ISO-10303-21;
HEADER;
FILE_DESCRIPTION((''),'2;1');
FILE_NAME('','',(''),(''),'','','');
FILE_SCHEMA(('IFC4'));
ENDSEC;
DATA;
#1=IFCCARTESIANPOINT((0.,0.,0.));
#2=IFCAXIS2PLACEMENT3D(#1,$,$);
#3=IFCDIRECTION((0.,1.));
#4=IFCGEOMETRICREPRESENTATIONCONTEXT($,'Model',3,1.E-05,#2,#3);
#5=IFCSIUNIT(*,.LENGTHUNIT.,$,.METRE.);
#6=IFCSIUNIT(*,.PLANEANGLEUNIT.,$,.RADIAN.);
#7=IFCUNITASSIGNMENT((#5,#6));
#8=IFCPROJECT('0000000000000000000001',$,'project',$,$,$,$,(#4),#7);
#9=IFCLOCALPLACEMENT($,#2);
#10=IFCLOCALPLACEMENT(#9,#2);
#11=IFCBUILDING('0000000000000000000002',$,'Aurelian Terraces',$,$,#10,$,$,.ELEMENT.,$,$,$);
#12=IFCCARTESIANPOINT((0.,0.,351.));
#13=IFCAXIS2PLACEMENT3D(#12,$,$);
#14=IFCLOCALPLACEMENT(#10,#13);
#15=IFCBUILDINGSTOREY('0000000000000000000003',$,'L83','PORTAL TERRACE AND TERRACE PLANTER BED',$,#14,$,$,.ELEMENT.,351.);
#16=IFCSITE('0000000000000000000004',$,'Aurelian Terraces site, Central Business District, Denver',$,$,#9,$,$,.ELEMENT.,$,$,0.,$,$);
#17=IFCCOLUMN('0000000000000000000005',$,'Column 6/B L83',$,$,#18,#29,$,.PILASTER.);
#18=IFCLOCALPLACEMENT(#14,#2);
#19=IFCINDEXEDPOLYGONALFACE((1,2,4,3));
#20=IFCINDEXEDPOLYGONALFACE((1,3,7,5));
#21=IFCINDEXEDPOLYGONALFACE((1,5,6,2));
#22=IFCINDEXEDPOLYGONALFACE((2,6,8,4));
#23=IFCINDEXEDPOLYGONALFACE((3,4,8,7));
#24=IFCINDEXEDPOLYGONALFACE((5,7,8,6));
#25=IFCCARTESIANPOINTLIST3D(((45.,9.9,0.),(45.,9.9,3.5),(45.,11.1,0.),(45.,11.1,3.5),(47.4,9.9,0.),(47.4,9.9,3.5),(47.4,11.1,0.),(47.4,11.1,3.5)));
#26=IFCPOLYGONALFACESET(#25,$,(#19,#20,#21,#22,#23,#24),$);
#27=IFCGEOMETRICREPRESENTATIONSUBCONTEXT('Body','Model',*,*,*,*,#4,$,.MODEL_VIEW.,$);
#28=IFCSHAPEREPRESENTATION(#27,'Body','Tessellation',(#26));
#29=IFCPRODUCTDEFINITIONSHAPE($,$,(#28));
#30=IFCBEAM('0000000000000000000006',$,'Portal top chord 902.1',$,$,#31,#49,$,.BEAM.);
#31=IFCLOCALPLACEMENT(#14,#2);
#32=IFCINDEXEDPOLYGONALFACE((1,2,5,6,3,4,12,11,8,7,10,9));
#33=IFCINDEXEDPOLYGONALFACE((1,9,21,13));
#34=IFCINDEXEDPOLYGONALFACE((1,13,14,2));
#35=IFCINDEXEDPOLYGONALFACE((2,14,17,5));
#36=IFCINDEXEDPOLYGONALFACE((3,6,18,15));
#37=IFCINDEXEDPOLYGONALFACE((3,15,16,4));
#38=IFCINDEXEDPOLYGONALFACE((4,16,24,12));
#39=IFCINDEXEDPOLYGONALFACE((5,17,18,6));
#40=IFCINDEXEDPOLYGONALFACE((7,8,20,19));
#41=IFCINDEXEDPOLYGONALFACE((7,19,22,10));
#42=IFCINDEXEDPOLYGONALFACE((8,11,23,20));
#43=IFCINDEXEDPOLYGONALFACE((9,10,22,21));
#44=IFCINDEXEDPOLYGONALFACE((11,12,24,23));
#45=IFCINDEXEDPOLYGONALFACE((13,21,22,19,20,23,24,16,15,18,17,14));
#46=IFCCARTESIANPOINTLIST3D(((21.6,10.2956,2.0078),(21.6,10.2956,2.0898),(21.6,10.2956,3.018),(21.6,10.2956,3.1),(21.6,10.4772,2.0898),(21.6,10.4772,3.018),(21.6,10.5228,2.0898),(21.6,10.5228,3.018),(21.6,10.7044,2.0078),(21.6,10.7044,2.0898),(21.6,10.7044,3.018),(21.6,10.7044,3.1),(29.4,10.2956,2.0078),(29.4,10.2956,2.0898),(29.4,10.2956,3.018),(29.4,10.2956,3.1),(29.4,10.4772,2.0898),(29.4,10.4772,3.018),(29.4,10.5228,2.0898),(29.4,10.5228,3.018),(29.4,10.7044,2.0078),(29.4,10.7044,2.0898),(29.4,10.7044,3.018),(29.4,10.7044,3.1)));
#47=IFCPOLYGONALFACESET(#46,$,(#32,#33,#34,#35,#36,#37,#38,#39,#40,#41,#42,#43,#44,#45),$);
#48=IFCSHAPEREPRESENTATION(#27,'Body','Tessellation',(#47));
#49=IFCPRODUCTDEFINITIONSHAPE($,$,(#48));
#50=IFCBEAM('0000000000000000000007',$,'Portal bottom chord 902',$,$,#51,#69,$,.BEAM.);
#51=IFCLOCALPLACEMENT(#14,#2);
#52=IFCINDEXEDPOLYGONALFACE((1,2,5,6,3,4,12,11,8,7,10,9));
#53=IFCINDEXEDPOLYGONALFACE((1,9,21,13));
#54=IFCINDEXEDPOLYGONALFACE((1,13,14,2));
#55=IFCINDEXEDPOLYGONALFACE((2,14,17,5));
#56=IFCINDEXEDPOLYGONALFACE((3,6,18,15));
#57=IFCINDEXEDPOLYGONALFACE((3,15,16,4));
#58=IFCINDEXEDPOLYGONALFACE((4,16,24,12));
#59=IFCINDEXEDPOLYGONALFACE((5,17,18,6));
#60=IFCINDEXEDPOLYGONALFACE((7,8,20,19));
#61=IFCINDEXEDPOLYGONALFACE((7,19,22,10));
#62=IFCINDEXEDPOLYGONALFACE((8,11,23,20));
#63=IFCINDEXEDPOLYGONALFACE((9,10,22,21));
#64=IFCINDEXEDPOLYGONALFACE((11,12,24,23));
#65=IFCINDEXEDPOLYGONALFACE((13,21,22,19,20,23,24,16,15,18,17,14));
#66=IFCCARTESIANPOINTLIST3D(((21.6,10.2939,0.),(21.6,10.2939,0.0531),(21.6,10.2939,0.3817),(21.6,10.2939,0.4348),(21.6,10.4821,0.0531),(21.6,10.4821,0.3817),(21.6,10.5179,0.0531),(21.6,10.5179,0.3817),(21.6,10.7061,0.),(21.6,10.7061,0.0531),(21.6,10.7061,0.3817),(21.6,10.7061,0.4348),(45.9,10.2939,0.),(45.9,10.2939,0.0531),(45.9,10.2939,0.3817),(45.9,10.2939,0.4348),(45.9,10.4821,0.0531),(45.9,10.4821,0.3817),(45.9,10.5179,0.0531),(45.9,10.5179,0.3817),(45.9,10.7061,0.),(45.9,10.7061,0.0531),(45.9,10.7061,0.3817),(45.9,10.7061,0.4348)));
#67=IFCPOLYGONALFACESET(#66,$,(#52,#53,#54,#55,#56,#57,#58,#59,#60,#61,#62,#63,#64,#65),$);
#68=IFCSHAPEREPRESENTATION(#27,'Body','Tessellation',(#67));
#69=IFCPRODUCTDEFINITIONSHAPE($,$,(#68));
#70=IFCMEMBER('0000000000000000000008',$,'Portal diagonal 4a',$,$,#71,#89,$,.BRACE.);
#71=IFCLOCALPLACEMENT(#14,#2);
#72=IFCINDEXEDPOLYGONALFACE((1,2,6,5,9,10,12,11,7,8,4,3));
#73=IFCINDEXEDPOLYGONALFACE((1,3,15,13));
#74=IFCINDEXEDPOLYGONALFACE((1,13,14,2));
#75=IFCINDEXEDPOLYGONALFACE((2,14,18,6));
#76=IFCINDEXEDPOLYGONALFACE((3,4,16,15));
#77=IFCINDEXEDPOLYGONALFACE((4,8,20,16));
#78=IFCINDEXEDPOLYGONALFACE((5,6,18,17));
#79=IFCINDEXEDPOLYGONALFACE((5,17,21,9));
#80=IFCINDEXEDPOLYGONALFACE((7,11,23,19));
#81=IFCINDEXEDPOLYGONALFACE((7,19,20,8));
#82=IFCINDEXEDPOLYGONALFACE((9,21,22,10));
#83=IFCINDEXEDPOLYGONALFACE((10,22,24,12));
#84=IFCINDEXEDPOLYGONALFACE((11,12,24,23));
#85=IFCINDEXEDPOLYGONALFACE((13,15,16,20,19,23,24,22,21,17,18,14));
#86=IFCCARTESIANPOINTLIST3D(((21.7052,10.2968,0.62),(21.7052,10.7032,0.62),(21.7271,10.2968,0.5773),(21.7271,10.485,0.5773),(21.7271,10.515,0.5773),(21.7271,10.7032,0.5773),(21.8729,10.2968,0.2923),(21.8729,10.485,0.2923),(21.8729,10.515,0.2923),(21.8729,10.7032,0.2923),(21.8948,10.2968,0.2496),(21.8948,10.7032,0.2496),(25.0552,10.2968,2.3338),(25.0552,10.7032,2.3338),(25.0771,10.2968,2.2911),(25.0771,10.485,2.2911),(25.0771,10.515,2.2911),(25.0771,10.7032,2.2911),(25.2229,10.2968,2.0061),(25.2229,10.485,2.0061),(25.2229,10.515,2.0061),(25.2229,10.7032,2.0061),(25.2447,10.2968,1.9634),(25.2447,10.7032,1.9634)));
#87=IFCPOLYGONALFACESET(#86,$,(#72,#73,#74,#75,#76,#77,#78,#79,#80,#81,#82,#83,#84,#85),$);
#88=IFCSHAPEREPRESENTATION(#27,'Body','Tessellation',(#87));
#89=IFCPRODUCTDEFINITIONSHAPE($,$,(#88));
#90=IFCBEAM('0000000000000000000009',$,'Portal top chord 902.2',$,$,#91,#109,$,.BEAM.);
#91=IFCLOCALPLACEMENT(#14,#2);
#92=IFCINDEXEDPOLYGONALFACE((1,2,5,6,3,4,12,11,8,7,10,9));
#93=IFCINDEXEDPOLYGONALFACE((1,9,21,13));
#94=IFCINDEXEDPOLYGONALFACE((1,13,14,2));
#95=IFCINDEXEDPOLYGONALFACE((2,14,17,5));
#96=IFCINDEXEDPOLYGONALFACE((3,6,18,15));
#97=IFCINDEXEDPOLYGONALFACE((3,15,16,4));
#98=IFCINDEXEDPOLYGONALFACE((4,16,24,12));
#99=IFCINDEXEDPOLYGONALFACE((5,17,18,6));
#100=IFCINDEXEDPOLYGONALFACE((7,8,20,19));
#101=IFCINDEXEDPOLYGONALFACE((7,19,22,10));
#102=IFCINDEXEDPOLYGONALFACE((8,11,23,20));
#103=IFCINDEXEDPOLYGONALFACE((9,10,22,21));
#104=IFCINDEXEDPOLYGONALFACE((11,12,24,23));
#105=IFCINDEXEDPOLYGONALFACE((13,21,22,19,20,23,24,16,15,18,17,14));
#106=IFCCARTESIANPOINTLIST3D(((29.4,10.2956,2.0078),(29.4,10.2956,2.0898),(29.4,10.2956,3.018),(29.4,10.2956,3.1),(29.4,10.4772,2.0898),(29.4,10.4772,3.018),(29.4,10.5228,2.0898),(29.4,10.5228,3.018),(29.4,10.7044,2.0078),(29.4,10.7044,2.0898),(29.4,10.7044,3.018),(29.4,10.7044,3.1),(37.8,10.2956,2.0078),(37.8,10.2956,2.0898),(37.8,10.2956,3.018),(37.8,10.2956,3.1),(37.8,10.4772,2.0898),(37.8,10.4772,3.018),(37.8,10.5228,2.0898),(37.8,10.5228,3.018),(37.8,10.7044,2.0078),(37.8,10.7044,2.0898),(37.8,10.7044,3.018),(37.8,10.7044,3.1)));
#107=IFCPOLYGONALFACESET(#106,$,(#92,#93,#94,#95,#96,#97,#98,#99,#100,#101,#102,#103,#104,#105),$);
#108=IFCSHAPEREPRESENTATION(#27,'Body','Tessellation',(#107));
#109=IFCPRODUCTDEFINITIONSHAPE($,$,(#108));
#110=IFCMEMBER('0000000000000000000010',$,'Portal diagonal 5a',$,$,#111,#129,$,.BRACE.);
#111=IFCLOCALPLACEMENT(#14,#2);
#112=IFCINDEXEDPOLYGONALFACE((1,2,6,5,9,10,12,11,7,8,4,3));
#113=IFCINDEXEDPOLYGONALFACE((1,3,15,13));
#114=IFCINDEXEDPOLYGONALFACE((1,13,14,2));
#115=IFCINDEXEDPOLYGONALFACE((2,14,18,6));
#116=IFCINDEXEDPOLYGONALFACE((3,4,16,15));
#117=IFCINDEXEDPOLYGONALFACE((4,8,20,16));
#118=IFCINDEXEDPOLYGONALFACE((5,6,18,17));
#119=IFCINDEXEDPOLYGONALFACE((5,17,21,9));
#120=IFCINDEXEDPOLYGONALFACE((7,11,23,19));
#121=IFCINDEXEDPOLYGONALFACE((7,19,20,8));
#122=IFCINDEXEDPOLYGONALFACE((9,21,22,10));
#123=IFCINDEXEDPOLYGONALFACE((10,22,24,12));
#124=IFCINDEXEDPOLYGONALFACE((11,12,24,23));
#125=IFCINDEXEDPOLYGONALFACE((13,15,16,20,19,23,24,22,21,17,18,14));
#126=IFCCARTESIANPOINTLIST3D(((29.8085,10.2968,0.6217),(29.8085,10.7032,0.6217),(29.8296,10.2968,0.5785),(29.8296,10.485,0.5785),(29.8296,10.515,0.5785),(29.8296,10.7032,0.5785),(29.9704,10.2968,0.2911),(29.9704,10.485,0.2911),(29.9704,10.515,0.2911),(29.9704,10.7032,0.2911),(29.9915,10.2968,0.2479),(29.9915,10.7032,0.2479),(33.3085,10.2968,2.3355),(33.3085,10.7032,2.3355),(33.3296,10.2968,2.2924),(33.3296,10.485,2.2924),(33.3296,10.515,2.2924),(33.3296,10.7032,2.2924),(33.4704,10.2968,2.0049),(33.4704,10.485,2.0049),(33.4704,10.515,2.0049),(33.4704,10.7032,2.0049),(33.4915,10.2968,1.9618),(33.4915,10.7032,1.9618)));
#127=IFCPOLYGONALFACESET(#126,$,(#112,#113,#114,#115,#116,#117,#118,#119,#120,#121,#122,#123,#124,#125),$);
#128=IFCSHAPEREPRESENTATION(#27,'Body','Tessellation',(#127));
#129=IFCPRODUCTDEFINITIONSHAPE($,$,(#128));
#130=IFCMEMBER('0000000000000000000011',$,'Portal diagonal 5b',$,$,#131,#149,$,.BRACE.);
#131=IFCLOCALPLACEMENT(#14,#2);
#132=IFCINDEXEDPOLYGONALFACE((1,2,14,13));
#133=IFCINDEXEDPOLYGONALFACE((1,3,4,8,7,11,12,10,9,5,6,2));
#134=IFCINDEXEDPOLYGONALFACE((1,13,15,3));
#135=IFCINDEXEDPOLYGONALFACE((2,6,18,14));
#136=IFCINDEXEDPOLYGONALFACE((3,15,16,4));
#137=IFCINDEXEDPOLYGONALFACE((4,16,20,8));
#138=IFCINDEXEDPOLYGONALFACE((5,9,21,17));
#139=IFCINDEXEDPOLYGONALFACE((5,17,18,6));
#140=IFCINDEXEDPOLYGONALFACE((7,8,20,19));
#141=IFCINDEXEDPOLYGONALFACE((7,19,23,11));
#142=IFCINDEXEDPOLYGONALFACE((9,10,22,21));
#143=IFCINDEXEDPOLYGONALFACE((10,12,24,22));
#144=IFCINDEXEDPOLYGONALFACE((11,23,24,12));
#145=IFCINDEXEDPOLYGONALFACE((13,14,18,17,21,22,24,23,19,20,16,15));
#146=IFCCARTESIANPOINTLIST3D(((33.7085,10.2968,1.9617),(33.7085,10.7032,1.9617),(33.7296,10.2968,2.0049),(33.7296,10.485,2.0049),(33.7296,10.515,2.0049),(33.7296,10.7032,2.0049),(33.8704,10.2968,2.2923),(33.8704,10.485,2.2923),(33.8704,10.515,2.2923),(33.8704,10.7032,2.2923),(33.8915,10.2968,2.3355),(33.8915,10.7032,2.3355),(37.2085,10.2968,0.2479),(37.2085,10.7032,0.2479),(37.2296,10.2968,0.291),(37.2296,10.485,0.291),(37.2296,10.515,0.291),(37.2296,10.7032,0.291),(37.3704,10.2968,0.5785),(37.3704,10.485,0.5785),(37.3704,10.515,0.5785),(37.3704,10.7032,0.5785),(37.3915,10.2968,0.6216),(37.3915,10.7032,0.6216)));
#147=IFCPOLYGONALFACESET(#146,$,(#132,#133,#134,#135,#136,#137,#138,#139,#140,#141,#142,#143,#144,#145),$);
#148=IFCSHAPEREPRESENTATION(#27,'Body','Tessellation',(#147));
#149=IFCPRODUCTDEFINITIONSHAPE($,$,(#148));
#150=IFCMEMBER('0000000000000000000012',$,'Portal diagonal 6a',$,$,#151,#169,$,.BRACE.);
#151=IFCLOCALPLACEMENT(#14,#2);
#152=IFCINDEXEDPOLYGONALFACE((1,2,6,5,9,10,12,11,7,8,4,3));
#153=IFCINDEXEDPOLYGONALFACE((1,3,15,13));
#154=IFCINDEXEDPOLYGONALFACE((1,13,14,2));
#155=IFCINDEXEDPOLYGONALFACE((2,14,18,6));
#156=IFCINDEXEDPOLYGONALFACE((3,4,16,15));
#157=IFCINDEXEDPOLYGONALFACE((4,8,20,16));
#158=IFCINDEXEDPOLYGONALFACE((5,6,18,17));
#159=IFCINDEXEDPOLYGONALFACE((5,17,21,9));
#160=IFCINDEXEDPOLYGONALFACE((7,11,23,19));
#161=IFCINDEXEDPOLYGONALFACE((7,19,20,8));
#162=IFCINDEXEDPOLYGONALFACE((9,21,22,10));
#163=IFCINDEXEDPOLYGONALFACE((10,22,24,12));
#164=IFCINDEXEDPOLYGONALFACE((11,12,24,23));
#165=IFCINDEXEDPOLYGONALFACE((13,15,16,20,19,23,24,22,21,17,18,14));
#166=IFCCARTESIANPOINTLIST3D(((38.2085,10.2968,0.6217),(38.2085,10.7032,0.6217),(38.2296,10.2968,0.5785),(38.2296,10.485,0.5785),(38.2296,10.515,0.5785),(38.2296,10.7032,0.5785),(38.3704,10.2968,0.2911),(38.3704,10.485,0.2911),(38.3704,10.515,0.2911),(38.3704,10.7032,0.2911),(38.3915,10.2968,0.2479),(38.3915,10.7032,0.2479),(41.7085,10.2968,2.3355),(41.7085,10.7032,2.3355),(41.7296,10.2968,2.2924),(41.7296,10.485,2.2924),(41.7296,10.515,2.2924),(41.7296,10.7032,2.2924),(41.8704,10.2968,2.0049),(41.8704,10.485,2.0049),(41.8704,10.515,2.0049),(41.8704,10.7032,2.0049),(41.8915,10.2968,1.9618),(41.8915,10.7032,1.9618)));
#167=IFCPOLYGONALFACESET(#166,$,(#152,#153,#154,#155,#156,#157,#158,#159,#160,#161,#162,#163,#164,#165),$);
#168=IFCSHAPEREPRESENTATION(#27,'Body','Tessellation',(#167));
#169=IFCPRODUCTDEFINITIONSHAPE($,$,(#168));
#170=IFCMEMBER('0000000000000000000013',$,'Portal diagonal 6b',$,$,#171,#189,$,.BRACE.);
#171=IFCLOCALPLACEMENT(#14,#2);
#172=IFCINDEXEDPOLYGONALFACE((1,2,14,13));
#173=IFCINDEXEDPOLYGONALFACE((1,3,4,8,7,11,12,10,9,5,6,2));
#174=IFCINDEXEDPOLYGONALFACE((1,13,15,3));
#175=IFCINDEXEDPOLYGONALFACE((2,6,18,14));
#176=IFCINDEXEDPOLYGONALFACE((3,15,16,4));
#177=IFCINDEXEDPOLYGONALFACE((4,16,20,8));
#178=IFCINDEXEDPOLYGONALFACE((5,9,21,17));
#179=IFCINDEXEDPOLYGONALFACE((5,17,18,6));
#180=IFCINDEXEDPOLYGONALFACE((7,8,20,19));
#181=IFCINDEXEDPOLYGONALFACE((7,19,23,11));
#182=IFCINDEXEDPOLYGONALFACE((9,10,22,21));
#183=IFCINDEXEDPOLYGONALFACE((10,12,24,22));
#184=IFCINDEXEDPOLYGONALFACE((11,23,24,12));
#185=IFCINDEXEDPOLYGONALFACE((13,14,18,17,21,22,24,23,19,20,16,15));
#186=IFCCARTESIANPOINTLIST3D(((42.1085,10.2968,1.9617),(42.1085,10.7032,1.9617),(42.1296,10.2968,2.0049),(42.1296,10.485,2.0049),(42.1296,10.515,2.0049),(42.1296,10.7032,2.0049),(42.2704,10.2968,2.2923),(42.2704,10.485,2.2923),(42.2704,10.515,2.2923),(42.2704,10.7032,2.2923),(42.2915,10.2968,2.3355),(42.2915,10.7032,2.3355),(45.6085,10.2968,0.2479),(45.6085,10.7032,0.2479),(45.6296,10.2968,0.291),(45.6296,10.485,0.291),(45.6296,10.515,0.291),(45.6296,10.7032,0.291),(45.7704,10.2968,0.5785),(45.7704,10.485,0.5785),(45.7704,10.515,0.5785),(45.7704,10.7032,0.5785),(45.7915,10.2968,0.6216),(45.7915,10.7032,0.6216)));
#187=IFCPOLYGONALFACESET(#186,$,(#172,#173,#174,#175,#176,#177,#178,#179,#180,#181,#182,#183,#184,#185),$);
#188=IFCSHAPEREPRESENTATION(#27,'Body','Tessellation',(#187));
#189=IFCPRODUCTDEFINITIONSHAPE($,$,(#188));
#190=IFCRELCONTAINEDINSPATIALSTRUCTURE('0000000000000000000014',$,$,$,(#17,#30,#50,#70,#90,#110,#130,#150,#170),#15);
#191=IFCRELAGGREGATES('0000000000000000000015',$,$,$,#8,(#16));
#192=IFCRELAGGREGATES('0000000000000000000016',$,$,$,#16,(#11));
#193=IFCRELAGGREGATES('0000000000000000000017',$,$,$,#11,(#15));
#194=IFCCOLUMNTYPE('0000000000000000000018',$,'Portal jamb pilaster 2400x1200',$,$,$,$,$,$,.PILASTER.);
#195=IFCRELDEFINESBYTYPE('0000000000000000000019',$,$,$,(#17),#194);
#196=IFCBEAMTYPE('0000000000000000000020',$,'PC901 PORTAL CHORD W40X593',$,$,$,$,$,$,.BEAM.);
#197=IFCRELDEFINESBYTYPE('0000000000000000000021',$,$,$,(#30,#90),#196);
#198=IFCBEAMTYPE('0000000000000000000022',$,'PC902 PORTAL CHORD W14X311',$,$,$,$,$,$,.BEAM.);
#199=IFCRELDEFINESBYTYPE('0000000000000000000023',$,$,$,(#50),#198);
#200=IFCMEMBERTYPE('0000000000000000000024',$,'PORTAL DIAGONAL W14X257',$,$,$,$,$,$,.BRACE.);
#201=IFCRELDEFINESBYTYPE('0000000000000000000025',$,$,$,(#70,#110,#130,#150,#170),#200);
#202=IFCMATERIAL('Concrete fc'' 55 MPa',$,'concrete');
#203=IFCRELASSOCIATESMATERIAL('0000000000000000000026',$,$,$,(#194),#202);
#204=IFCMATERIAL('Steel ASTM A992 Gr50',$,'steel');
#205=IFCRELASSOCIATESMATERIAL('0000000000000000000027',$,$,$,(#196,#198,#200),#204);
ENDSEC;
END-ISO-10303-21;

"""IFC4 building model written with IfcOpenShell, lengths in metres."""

from ifc_helpers import new_model, si_unit, direction, frame, origin, origin_2d, place, context, subcontext, project, spatial, rectangle, i_section, extrude, source, transform, mapped, material, material_profile, profile_set, type_object, element, save


model = new_model("IFC4")

# Units and contexts
model_context = context("Model", 3, precision=1e-05, world=origin(), true_north=direction((0.0, 1.0)))
body_context = subcontext(model_context, "Body", "Model", "MODEL_VIEW")
ifc_project = project(units=[si_unit("LENGTHUNIT", "METRE"), si_unit("PLANEANGLEUNIT", "RADIAN")], contexts=[model_context])

# Site, building, storey
site_placement = place(None, origin())
site = spatial("IfcSite", under=ifc_project, at=site_placement, Name="Aurelian Terraces site, Central Business District, Denver", CompositionType="ELEMENT", RefElevation=0.0)
building_placement = place(site_placement, origin())
building = spatial("IfcBuilding", under=site, at=building_placement, Name="Aurelian Terraces", CompositionType="ELEMENT")
storey_placement = place(building_placement, frame((0.0, 0.0, 351.0)))
storey = spatial("IfcBuildingStorey", under=building, at=storey_placement, Name="L83", Description="PORTAL TERRACE AND TERRACE PLANTER BED", CompositionType="ELEMENT", Elevation=351.0)

# Column
ifc_material_1 = material(Name="Concrete fc' 55 MPa", Category="concrete")
ifc_material_profile_1 = material_profile(ifc_material_1, rectangle(XDim=2.4, YDim=1.2, at=origin_2d()))
ifc_profile_set_1 = profile_set([ifc_material_profile_1], Name="Concrete fc' 55 MPa")
column_type = type_object("IfcColumnType", Name="Portal jamb pilaster 2400x1200", PredefinedType="PILASTER", material=ifc_profile_set_1)
shared_shape_1 = source(origin(), body_context, "Body", "SweptSolid", [
    extrude(rectangle(XDim=2.4, YDim=1.2, at=origin_2d()), origin(), (0.0, 0.0, 1.0), 3.5),
])
column_placement = place(storey_placement, frame((46.2, 10.5, 0.0), z_axis=(0.0, 0.0, 1.0), x_axis=(1.0, 0.0, 0.0)))
element("IfcColumn", 1, at=column_placement, inside=storey, type_object=column_type, Name="Column 6/B L83", PredefinedType="PILASTER", context=body_context, shape_type="MappedRepresentation", body=[
    mapped(shared_shape_1, transform((0.0, 0.0, 0.0), scale=1.0)),
])

# Beams
ifc_material_2 = material(Name="Steel ASTM A992 Gr50", Category="steel")
ifc_material_profile_2 = material_profile(ifc_material_2, i_section(OverallWidth=0.4089, OverallDepth=1.0922, WebThickness=0.0455, FlangeThickness=0.082, at=origin_2d()))
ifc_profile_set_2 = profile_set([ifc_material_profile_2], Name="Steel ASTM A992 Gr50")
beam_type_1 = type_object("IfcBeamType", Name="PC901 PORTAL CHORD W40X593", PredefinedType="BEAM", material=ifc_profile_set_2)
beam_1_placement = place(storey_placement, frame((21.6, 10.5, 2.5539), z_axis=(1.0, 0.0, 0.0), x_axis=(0.0, 1.0, 0.0)))
element("IfcBeam", 2, at=beam_1_placement, inside=storey, type_object=beam_type_1, Name="Portal top chord 902.1", PredefinedType="BEAM", context=body_context, shape_type="SweptSolid", body=[
    extrude(i_section(OverallWidth=0.4089, OverallDepth=1.0922, WebThickness=0.0455, FlangeThickness=0.082, at=origin_2d()), origin(), (0.0, 0.0, 1.0), 7.8),
])
ifc_material_profile_3 = material_profile(ifc_material_2, i_section(OverallWidth=0.4122, OverallDepth=0.4348, WebThickness=0.0358, FlangeThickness=0.0531, at=origin_2d()))
ifc_profile_set_3 = profile_set([ifc_material_profile_3], Name="Steel ASTM A992 Gr50")
beam_type_2 = type_object("IfcBeamType", Name="PC902 PORTAL CHORD W14X311", PredefinedType="BEAM", material=ifc_profile_set_3)
beam_2_placement = place(storey_placement, frame((21.6, 10.5, 0.2174), z_axis=(1.0, 0.0, 0.0), x_axis=(0.0, 1.0, 0.0)))
element("IfcBeam", 3, at=beam_2_placement, inside=storey, type_object=beam_type_2, Name="Portal bottom chord 902", PredefinedType="BEAM", context=body_context, shape_type="SweptSolid", body=[
    extrude(i_section(OverallWidth=0.4122, OverallDepth=0.4348, WebThickness=0.0358, FlangeThickness=0.0531, at=origin_2d()), origin(), (0.0, 0.0, 1.0), 24.3),
])

# Member
ifc_material_profile_4 = material_profile(ifc_material_2, i_section(OverallWidth=0.4063, OverallDepth=0.4161, WebThickness=0.03, FlangeThickness=0.048, at=origin_2d()))
ifc_profile_set_4 = profile_set([ifc_material_profile_4], Name="Steel ASTM A992 Gr50")
member_type = type_object("IfcMemberType", Name="PORTAL DIAGONAL W14X257", PredefinedType="BRACE", material=ifc_profile_set_4)
member_1_placement = place(storey_placement, frame((21.8, 10.5, 0.4348), z_axis=(0.890265, 0.0, 0.455443), x_axis=(0.0, 1.0, 0.0)))
element("IfcMember", 4, at=member_1_placement, inside=storey, type_object=member_type, Name="Portal diagonal 4a", PredefinedType="BRACE", context=body_context, shape_type="SweptSolid", body=[
    extrude(i_section(OverallWidth=0.4063, OverallDepth=0.4161, WebThickness=0.03, FlangeThickness=0.048, at=origin_2d()), origin(), (0.0, 0.0, 1.0), 3.7629),
])

# Beam
shared_shape_2 = source(origin(), body_context, "Body", "SweptSolid", [
    extrude(i_section(OverallWidth=0.4089, OverallDepth=1.0922, WebThickness=0.0455, FlangeThickness=0.082, at=origin_2d()), origin(), (0.0, 0.0, 1.0), 8.4),
])
beam_3_placement = place(storey_placement, frame((29.4, 10.5, 2.5539), z_axis=(1.0, 0.0, 0.0), x_axis=(0.0, 1.0, 0.0)))
element("IfcBeam", 5, at=beam_3_placement, inside=storey, type_object=beam_type_1, Name="Portal top chord 902.2", PredefinedType="BEAM", context=body_context, shape_type="MappedRepresentation", body=[
    mapped(shared_shape_2, transform((0.0, 0.0, 0.0), scale=1.0)),
])

# Members
shared_shape_3 = source(origin(), body_context, "Body", "SweptSolid", [
    extrude(i_section(OverallWidth=0.4063, OverallDepth=0.4161, WebThickness=0.03, FlangeThickness=0.048, at=origin_2d()), origin(), (0.0, 0.0, 1.0), 3.8971),
])
for number, where, z_axis, x_axis, name in (
    (6, (29.9, 10.5, 0.4348), (0.898112, 0.0, 0.439767), (0.0, 1.0, 0.0), "Portal diagonal 5a"),
    (7, (33.8, 10.5, 2.1486), (0.898112, 0.0, -0.439767), (0.0, 1.0, 0.0), "Portal diagonal 5b"),
    (8, (38.3, 10.5, 0.4348), (0.898112, 0.0, 0.439767), (0.0, 1.0, 0.0), "Portal diagonal 6a"),
    (9, (42.2, 10.5, 2.1486), (0.898112, 0.0, -0.439767), (0.0, 1.0, 0.0), "Portal diagonal 6b"),
):
    element("IfcMember", number, at=place(storey_placement, frame(where, z_axis=z_axis, x_axis=x_axis)), inside=storey, type_object=member_type, Name=name, PredefinedType="BRACE", context=body_context, shape_type="MappedRepresentation", body=[
        mapped(shared_shape_3, transform((0.0, 0.0, 0.0), scale=1.0)),
    ])

save(model, "model.ifc")
